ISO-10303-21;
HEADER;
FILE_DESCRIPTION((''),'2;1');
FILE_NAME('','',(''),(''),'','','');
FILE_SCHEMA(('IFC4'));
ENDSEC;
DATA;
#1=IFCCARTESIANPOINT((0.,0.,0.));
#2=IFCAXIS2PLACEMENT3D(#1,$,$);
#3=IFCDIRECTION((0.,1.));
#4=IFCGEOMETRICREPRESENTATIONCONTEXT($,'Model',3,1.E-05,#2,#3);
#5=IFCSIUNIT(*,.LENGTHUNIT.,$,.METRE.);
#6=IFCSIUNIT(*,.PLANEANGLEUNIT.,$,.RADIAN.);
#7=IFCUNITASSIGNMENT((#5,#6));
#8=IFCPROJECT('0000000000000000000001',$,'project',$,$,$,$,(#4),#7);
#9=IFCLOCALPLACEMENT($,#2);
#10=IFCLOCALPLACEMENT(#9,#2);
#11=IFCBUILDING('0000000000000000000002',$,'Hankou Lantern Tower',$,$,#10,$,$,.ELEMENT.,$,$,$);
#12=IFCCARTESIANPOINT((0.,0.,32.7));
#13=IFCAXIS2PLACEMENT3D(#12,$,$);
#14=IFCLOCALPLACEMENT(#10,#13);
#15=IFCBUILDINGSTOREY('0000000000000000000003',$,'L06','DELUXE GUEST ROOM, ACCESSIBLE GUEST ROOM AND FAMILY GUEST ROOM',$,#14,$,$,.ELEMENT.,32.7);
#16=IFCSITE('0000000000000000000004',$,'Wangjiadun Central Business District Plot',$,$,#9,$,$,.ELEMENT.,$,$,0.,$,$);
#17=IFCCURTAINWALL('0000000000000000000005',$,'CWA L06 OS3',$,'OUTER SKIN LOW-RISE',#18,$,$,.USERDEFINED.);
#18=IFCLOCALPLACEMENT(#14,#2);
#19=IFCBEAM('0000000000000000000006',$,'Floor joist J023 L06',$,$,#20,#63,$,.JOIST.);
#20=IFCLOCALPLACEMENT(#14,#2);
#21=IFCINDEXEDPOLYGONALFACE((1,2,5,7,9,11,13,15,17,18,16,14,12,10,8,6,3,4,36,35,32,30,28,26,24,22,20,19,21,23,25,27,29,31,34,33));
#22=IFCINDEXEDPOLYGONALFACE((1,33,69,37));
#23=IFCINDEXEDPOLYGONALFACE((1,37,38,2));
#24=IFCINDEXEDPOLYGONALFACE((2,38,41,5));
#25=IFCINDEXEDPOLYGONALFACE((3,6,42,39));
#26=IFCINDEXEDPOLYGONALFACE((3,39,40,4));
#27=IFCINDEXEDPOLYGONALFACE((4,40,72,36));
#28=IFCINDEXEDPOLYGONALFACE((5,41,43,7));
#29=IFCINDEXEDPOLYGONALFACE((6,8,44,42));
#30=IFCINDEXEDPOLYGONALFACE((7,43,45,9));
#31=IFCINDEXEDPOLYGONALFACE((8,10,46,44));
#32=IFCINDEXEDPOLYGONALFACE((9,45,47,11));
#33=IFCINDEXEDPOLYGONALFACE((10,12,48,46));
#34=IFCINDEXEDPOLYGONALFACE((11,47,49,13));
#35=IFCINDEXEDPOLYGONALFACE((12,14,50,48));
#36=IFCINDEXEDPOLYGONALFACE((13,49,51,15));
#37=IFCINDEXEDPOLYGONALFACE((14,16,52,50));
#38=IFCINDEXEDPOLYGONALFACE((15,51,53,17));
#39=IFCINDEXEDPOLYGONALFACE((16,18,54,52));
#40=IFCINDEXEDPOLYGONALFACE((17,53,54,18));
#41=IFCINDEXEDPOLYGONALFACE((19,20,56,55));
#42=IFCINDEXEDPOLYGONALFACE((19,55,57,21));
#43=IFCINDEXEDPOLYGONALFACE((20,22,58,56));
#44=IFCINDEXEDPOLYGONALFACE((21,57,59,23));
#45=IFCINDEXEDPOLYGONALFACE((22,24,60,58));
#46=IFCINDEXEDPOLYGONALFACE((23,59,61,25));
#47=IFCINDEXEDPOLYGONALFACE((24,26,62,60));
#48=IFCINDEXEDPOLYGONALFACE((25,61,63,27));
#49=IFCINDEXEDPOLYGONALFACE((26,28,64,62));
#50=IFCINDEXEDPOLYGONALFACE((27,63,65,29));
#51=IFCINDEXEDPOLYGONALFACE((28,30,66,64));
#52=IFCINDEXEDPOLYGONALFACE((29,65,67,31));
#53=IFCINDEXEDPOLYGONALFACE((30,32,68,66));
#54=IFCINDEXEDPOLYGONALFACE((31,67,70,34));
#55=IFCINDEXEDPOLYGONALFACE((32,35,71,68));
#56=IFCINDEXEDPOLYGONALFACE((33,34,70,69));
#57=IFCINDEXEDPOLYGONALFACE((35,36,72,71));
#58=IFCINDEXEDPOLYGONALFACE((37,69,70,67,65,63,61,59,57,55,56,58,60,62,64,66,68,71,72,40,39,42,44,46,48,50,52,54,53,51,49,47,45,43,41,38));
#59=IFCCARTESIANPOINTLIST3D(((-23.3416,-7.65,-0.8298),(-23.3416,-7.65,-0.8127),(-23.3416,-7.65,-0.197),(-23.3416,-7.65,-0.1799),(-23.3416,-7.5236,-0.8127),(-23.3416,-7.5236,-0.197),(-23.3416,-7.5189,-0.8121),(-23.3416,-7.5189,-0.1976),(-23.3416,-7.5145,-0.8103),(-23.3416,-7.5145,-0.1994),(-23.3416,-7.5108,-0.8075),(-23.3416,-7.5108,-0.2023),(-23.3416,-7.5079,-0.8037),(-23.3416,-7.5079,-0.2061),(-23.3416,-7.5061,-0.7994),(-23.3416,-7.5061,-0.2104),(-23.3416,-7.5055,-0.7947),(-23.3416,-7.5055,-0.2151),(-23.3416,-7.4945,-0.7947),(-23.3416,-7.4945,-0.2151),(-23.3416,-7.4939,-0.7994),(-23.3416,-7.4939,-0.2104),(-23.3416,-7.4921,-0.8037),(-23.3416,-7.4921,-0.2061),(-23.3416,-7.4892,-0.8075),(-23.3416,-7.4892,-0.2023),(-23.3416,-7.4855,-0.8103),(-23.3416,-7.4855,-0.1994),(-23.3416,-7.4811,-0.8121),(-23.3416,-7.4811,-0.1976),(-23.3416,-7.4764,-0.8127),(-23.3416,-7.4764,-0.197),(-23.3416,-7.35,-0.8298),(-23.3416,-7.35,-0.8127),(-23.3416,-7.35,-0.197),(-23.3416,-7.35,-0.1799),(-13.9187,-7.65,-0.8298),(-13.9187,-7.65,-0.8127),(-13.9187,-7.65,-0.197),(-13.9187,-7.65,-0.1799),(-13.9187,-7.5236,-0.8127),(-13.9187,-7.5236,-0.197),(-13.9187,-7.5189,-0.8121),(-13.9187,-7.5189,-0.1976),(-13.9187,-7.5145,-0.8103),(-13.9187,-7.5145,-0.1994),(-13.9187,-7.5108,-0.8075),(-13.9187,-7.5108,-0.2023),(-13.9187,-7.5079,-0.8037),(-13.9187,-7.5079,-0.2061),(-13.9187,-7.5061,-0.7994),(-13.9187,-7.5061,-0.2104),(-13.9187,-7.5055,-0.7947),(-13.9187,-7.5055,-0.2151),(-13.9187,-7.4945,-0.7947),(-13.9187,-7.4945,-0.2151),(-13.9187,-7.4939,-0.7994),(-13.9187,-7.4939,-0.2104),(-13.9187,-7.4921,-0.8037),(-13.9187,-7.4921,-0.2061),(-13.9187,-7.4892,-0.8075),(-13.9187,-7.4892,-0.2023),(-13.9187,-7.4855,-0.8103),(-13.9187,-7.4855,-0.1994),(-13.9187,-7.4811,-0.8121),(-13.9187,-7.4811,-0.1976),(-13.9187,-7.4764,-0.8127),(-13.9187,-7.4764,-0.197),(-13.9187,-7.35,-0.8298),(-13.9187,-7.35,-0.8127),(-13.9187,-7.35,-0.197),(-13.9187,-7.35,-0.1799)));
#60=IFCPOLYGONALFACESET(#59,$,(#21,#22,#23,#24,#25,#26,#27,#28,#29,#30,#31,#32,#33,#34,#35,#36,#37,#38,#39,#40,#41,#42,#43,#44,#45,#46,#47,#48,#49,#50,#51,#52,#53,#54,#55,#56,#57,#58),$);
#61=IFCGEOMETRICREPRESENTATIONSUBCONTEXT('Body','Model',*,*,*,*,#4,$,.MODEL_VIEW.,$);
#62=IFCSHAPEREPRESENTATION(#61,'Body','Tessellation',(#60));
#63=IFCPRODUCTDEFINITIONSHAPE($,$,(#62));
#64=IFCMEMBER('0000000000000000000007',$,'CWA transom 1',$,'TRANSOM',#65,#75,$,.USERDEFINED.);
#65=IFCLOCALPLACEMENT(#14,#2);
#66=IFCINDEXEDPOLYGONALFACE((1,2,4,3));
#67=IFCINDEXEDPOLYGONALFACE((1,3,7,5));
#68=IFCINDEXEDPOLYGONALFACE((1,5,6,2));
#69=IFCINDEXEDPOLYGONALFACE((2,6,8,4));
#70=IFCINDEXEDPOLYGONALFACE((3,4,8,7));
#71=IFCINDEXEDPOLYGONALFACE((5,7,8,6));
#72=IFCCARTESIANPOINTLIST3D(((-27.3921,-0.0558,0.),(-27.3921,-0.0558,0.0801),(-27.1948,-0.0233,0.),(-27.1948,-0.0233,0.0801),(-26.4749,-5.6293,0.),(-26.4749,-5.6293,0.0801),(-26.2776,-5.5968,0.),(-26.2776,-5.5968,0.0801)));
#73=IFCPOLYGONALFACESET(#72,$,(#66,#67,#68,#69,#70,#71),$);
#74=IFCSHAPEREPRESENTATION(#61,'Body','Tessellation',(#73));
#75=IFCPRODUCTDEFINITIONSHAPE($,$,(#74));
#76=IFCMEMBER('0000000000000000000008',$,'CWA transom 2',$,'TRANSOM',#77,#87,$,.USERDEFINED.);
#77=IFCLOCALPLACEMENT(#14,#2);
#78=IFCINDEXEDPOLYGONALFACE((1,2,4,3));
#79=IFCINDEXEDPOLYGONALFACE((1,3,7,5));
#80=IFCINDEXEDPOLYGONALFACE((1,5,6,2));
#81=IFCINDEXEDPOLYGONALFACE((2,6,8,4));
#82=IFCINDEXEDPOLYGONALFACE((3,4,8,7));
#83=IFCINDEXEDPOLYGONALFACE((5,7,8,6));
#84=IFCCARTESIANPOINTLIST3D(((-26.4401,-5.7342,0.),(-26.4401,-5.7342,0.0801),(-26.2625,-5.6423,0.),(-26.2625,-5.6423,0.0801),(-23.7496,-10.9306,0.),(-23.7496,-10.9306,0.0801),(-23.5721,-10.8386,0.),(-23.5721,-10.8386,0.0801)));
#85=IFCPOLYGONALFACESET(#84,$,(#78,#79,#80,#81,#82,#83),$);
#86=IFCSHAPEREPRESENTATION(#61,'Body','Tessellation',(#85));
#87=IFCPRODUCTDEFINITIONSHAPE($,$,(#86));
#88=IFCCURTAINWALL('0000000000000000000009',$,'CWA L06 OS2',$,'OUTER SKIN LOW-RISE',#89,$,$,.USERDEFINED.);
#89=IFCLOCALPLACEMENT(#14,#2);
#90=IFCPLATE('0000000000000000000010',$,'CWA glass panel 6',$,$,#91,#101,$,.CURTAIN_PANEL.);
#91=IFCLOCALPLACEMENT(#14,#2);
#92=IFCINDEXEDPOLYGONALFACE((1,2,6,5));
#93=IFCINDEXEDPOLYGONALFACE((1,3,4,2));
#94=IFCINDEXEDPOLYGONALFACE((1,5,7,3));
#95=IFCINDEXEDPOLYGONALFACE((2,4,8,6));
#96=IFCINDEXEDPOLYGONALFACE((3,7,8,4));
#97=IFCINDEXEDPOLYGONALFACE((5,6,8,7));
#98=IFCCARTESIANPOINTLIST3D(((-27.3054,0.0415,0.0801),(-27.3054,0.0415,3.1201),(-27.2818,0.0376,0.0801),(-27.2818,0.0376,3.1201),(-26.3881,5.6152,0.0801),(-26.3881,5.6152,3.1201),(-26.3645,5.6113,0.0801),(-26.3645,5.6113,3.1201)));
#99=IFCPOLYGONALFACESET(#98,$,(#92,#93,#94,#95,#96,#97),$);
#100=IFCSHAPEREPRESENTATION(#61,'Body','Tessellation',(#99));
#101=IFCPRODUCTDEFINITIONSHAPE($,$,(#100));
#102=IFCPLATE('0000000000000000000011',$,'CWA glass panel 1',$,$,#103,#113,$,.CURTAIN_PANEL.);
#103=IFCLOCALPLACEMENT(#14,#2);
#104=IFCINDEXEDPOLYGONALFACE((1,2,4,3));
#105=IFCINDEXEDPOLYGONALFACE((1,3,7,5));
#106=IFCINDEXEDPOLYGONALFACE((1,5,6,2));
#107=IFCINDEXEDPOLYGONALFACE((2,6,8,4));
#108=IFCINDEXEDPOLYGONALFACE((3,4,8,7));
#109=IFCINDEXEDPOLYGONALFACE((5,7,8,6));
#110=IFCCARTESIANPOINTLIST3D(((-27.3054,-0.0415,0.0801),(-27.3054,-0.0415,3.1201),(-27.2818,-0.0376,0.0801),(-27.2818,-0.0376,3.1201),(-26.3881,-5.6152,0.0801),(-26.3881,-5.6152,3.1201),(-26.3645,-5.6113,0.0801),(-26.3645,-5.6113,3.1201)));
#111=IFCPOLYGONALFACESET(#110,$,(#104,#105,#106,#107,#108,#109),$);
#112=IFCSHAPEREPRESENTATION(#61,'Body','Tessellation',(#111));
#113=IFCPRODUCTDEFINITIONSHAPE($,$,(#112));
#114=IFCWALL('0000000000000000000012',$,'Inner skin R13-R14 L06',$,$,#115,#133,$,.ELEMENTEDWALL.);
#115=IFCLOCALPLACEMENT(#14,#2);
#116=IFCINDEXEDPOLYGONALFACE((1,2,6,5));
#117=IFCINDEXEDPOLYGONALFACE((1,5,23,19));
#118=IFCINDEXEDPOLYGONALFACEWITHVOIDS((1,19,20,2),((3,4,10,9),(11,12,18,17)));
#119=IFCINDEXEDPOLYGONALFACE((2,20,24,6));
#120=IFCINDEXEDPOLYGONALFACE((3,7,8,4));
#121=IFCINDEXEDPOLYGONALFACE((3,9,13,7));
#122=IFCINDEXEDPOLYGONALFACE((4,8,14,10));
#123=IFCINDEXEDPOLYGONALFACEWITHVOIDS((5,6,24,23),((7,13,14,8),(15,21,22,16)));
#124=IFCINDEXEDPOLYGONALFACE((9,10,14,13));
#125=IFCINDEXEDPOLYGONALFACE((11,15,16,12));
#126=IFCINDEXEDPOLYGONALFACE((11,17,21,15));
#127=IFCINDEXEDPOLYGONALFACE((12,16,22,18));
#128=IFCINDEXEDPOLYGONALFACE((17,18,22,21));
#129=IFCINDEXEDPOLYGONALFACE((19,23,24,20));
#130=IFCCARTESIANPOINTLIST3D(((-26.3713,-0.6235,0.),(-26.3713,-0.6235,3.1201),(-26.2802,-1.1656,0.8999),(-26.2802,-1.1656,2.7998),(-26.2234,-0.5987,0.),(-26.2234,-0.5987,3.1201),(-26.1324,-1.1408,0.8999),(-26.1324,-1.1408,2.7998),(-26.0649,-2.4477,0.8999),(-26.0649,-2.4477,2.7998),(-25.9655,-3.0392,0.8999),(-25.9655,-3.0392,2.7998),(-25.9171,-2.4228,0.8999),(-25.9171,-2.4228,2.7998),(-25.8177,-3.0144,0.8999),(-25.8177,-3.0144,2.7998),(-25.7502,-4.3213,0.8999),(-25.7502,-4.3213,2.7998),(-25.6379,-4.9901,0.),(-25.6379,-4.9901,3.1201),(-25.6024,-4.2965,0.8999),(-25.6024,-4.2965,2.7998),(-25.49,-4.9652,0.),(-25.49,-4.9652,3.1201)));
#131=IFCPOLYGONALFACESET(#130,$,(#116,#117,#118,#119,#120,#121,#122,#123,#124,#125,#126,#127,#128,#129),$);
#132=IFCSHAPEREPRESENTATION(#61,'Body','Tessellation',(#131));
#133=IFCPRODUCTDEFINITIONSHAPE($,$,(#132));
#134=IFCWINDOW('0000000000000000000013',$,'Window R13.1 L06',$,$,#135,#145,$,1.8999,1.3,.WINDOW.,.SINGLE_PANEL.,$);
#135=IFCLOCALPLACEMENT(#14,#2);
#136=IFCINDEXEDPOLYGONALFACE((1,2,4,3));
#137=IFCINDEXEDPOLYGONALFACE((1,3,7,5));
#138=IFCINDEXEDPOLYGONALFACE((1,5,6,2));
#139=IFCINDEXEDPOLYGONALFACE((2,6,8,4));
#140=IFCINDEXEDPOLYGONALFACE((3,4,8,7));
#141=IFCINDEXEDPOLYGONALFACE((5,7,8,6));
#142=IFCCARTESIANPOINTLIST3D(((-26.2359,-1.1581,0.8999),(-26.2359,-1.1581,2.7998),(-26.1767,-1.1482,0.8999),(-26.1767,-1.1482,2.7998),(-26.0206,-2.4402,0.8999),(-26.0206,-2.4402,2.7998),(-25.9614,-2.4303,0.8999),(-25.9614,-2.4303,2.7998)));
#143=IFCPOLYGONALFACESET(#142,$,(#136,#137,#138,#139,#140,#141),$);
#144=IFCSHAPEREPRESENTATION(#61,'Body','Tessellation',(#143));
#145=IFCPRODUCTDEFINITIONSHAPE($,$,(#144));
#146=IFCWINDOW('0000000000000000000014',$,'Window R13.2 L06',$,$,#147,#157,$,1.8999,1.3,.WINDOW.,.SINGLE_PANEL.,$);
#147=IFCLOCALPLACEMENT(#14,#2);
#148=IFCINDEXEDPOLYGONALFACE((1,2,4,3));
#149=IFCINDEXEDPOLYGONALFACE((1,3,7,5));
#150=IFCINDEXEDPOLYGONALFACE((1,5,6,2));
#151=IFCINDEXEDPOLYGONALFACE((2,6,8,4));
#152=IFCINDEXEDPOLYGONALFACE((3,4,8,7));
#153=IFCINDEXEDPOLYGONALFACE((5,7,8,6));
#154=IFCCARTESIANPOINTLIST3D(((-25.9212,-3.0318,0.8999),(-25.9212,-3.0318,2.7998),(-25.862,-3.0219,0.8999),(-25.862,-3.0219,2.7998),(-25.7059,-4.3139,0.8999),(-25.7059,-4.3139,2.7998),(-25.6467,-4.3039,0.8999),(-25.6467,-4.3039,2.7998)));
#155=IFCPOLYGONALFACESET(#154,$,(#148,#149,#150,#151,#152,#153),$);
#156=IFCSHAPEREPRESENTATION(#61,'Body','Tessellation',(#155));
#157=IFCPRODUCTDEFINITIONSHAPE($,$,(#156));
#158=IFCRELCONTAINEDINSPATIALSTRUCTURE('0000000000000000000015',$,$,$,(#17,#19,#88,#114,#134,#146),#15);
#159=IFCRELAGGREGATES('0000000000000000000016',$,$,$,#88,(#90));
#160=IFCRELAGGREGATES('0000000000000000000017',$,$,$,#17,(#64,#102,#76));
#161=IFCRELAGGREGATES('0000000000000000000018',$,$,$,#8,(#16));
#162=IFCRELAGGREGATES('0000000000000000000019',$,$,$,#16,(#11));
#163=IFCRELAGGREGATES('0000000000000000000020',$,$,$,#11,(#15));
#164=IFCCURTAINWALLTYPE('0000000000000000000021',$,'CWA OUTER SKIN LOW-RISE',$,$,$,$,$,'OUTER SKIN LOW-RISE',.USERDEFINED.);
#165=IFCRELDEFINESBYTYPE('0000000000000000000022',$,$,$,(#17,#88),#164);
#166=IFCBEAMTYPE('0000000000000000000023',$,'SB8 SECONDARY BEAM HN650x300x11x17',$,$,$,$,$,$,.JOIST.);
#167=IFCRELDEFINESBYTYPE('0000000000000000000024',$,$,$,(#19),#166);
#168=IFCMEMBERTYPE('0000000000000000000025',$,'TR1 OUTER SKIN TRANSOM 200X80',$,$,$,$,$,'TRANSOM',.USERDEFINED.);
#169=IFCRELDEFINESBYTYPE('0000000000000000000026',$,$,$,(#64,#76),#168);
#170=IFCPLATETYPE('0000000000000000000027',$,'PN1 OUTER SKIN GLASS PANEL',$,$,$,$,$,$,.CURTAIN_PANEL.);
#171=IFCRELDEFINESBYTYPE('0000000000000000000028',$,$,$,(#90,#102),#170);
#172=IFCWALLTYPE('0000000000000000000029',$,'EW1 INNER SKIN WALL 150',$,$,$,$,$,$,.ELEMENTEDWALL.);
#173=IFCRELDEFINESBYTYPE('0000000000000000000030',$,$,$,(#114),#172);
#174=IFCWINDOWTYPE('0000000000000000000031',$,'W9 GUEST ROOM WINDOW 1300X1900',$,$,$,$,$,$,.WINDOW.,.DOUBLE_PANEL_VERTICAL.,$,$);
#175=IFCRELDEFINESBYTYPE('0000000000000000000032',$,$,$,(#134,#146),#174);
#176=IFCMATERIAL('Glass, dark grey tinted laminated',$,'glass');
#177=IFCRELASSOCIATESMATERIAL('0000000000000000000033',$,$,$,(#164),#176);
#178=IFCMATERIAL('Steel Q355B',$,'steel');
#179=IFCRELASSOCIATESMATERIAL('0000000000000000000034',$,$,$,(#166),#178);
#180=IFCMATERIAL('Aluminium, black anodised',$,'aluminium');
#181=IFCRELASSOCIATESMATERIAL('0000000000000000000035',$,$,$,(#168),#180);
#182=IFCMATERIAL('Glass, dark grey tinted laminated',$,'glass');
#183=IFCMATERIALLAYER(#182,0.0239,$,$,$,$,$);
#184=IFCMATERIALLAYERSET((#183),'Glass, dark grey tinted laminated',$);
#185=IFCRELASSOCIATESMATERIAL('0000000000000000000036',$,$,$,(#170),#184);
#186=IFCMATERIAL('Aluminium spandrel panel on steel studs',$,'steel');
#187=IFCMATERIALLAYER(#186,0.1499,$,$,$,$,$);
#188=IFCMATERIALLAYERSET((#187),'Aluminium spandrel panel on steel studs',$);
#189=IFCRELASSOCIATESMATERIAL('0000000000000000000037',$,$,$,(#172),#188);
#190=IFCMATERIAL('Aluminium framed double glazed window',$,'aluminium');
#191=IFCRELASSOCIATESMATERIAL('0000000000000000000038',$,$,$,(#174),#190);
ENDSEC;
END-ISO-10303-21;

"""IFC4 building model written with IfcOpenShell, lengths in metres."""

from ifc_helpers import new_model, si_unit, direction, frame, frame_2d, origin, origin_2d, place, context, subcontext, project, spatial, rectangle, i_section, extrude, material, layer, layer_set, material_profile, profile_set, type_object, element, fill, aggregate, save


model = new_model("IFC4")

# Units and contexts
model_context = context("Model", 3, precision=1e-05, world=origin(), true_north=direction((0.0, 1.0)))
body_context = subcontext(model_context, "Body", "Model", "MODEL_VIEW")
ifc_project = project(units=[si_unit("LENGTHUNIT", "METRE"), si_unit("PLANEANGLEUNIT", "RADIAN")], contexts=[model_context])

# Site, building, storey
site_placement = place(None, origin())
site = spatial("IfcSite", under=ifc_project, at=site_placement, Name="Wangjiadun Central Business District Plot", CompositionType="ELEMENT", RefElevation=0.0)
building_placement = place(site_placement, origin())
building = spatial("IfcBuilding", under=site, at=building_placement, Name="Hankou Lantern Tower", CompositionType="ELEMENT")
storey_placement = place(building_placement, frame((0.0, 0.0, 32.7)))
storey = spatial("IfcBuildingStorey", under=building, at=storey_placement, Name="L06", Description="DELUXE GUEST ROOM, ACCESSIBLE GUEST ROOM AND FAMILY GUEST ROOM", CompositionType="ELEMENT", Elevation=32.7)

# Curtain wall
ifc_material_1 = material(Name="Glass, dark grey tinted laminated", Category="glass")
curtain_wall_type = type_object("IfcCurtainWallType", Name="CWA OUTER SKIN LOW-RISE", ElementType="OUTER SKIN LOW-RISE", PredefinedType="USERDEFINED", material=ifc_material_1)
curtain_wall_1_placement = place(storey_placement, origin())
curtain_wall_1 = element("IfcCurtainWall", 1, at=curtain_wall_1_placement, inside=storey, type_object=curtain_wall_type, Name="CWA L06 OS3", ObjectType="OUTER SKIN LOW-RISE", PredefinedType="USERDEFINED")

# Beam
ifc_material_2 = material(Name="Steel Q355B", Category="steel")
ifc_material_profile_1 = material_profile(ifc_material_2, i_section(OverallWidth=0.3, OverallDepth=0.6499, WebThickness=0.011, FlangeThickness=0.0171, FilletRadius=0.0181, at=origin_2d()), Name="HN650x300x11x17")
ifc_profile_set_1 = profile_set([ifc_material_profile_1], Name="Steel Q355B")
beam_type_1 = type_object("IfcBeamType", Name="SB8 SECONDARY BEAM HN650x300x11x17", PredefinedType="JOIST", material=ifc_profile_set_1)
beam_1_placement = place(storey_placement, frame((-23.3416, -7.5, -0.5049), z_axis=(1.0, 0.0, 0.0), x_axis=(0.0, 1.0, 0.0)))
element("IfcBeam", 2, at=beam_1_placement, inside=storey, type_object=beam_type_1, Name="Floor joist J023 L06", PredefinedType="JOIST", context=body_context, shape_type="SweptSolid", body=[
    extrude(i_section(OverallWidth=0.3, OverallDepth=0.6499, WebThickness=0.011, FlangeThickness=0.0171, FilletRadius=0.0181, at=origin_2d()), origin(), (0.0, 0.0, 1.0), 9.4229),
])

# Members
ifc_material_3 = material(Name="Aluminium, black anodised", Category="aluminium")
ifc_material_profile_2 = material_profile(ifc_material_3, rectangle(XDim=0.2, YDim=0.0801, at=origin_2d()), Name="TR1 200X80")
ifc_profile_set_2 = profile_set([ifc_material_profile_2], Name="Aluminium, black anodised")
member_type_1 = type_object("IfcMemberType", Name="TR1 OUTER SKIN TRANSOM 200X80", ElementType="TRANSOM", PredefinedType="USERDEFINED", material=ifc_profile_set_2)
member_1_placement = place(storey_placement, frame((-27.2935, -0.0396, 0.04), z_axis=(0.162387, -0.986727, 0.0), x_axis=(0.986727, 0.162387, 0.0)))
member_1 = element("IfcMember", 3, at=member_1_placement, type_object=member_type_1, Name="CWA transom 1", ObjectType="TRANSOM", PredefinedType="USERDEFINED", context=body_context, shape_type="SweptSolid", body=[
    extrude(rectangle(XDim=0.2, YDim=0.0801, at=origin_2d()), origin(), (0.0, 0.0, 1.0), 5.6484),
])
member_2_placement = place(storey_placement, frame((-26.3513, -5.6882, 0.04), z_axis=(0.459786, -0.88803, 0.0), x_axis=(0.88803, 0.459786, 0.0)))
member_2 = element("IfcMember", 4, at=member_2_placement, type_object=member_type_1, Name="CWA transom 2", ObjectType="TRANSOM", PredefinedType="USERDEFINED", context=body_context, shape_type="SweptSolid", body=[
    extrude(rectangle(XDim=0.2, YDim=0.0801, at=origin_2d()), origin(), (0.0, 0.0, 1.0), 5.8516),
])

# Curtain wall, plate
curtain_wall_2_placement = place(storey_placement, origin())
curtain_wall_2 = element("IfcCurtainWall", 5, at=curtain_wall_2_placement, inside=storey, type_object=curtain_wall_type, Name="CWA L06 OS2", ObjectType="OUTER SKIN LOW-RISE", PredefinedType="USERDEFINED")
ifc_material_4 = material(Name="Glass, dark grey tinted laminated", Category="glass")
ifc_layer_1 = layer(ifc_material_4, 0.0239)
ifc_layer_set_1 = layer_set([ifc_layer_1], Name="Glass, dark grey tinted laminated")
plate_type = type_object("IfcPlateType", Name="PN1 OUTER SKIN GLASS PANEL", PredefinedType="CURTAIN_PANEL", material=ifc_layer_set_1)
plate_1_placement = place(storey_placement, frame((-26.835, 2.8264, 0.0801), z_axis=(0.0, 0.0, 1.0), x_axis=(-0.162382, -0.986728, 0.0)))
plate_1 = element("IfcPlate", 6, at=plate_1_placement, type_object=plate_type, Name="CWA glass panel 6", PredefinedType="CURTAIN_PANEL", context=body_context, shape_type="SweptSolid", body=[
    extrude(rectangle(XDim=5.6487, YDim=0.0239, at=origin_2d()), origin(), (0.0, 0.0, 1.0), 3.04),
])
aggregate(curtain_wall_2, [plate_1])

# Plate
plate_2_placement = place(storey_placement, frame((-26.835, -2.8264, 0.0801), z_axis=(0.0, 0.0, 1.0), x_axis=(0.162382, -0.986728, 0.0)))
plate_2 = element("IfcPlate", 7, at=plate_2_placement, type_object=plate_type, Name="CWA glass panel 1", PredefinedType="CURTAIN_PANEL", context=body_context, shape_type="SweptSolid", body=[
    extrude(rectangle(XDim=5.6487, YDim=0.0239, at=origin_2d()), origin(), (0.0, 0.0, 1.0), 3.04),
])
aggregate(curtain_wall_1, [member_1, plate_2, member_2])

# Wall, openings, windows
ifc_material_5 = material(Name="Aluminium spandrel panel on steel studs", Category="steel")
ifc_layer_2 = layer(ifc_material_5, 0.1499)
ifc_layer_set_2 = layer_set([ifc_layer_2], Name="Aluminium spandrel panel on steel studs")
wall_type_1 = type_object("IfcWallType", Name="EW1 INNER SKIN WALL 150", PredefinedType="ELEMENTEDWALL", material=ifc_layer_set_2)
wall_1_placement = place(storey_placement, frame((-26.2974, -0.6111, 0.0), z_axis=(0.0, 0.0, 1.0), x_axis=(0.165642, -0.986186, 0.0)))
wall_1 = element("IfcWall", 8, at=wall_1_placement, inside=storey, type_object=wall_type_1, Name="Inner skin R13-R14 L06", PredefinedType="ELEMENTEDWALL", context=body_context, shape_type="SweptSolid", body=[
    extrude(rectangle(XDim=4.4277, YDim=0.1499, at=frame_2d((2.2139, 0.0))), origin(), (0.0, 0.0, 1.0), 3.1201),
])
opening_1_placement = place(wall_1_placement, frame((0.5498, 0.0, 0.8999)))
opening_1 = element("IfcOpeningElement", 9, at=opening_1_placement, cuts=wall_1, PredefinedType="OPENING", context=body_context, shape_type="SweptSolid", body=[
    extrude(rectangle(XDim=1.3, YDim=1.8999, at=frame_2d((0.6499, 0.95))), frame((0.0, 0.085, 0.0), z_axis=(0.0, -1.0, 0.0), x_axis=(1.0, 0.0, 0.0)), (0.0, 0.0, 1.0), 0.1699),
])
opening_2_placement = place(wall_1_placement, frame((2.4497, 0.0, 0.8999)))
opening_2 = element("IfcOpeningElement", 10, at=opening_2_placement, cuts=wall_1, PredefinedType="OPENING", context=body_context, shape_type="SweptSolid", body=[
    extrude(rectangle(XDim=1.3, YDim=1.8999, at=frame_2d((0.6499, 0.95))), frame((0.0, 0.085, 0.0), z_axis=(0.0, -1.0, 0.0), x_axis=(1.0, 0.0, 0.0)), (0.0, 0.0, 1.0), 0.1699),
])
ifc_material_6 = material(Name="Aluminium framed double glazed window", Category="aluminium")
window_type = type_object("IfcWindowType", Name="W9 GUEST ROOM WINDOW 1300X1900", PartitioningType="DOUBLE_PANEL_VERTICAL", PredefinedType="WINDOW", material=ifc_material_6)
window_1_placement = place(opening_1_placement, origin())
window_1 = element("IfcWindow", 11, at=window_1_placement, inside=storey, type_object=window_type, Name="Window R13.1 L06", OverallHeight=1.8999, OverallWidth=1.3, PartitioningType="SINGLE_PANEL", PredefinedType="WINDOW", context=body_context, shape_type="SweptSolid", body=[
    extrude(rectangle(XDim=1.3, YDim=1.8999, at=frame_2d((0.6499, 0.95))), frame((0.0, 0.03, 0.0), z_axis=(0.0, -1.0, 0.0), x_axis=(1.0, 0.0, 0.0)), (0.0, 0.0, 1.0), 0.0601),
])
fill(opening_1, window_1)
window_2_placement = place(opening_2_placement, origin())
window_2 = element("IfcWindow", 12, at=window_2_placement, inside=storey, type_object=window_type, Name="Window R13.2 L06", OverallHeight=1.8999, OverallWidth=1.3, PartitioningType="SINGLE_PANEL", PredefinedType="WINDOW", context=body_context, shape_type="SweptSolid", body=[
    extrude(rectangle(XDim=1.3, YDim=1.8999, at=frame_2d((0.6499, 0.95))), frame((0.0, 0.03, 0.0), z_axis=(0.0, -1.0, 0.0), x_axis=(1.0, 0.0, 0.0)), (0.0, 0.0, 1.0), 0.0601),
])
fill(opening_2, window_2)

save(model, "model.ifc")
